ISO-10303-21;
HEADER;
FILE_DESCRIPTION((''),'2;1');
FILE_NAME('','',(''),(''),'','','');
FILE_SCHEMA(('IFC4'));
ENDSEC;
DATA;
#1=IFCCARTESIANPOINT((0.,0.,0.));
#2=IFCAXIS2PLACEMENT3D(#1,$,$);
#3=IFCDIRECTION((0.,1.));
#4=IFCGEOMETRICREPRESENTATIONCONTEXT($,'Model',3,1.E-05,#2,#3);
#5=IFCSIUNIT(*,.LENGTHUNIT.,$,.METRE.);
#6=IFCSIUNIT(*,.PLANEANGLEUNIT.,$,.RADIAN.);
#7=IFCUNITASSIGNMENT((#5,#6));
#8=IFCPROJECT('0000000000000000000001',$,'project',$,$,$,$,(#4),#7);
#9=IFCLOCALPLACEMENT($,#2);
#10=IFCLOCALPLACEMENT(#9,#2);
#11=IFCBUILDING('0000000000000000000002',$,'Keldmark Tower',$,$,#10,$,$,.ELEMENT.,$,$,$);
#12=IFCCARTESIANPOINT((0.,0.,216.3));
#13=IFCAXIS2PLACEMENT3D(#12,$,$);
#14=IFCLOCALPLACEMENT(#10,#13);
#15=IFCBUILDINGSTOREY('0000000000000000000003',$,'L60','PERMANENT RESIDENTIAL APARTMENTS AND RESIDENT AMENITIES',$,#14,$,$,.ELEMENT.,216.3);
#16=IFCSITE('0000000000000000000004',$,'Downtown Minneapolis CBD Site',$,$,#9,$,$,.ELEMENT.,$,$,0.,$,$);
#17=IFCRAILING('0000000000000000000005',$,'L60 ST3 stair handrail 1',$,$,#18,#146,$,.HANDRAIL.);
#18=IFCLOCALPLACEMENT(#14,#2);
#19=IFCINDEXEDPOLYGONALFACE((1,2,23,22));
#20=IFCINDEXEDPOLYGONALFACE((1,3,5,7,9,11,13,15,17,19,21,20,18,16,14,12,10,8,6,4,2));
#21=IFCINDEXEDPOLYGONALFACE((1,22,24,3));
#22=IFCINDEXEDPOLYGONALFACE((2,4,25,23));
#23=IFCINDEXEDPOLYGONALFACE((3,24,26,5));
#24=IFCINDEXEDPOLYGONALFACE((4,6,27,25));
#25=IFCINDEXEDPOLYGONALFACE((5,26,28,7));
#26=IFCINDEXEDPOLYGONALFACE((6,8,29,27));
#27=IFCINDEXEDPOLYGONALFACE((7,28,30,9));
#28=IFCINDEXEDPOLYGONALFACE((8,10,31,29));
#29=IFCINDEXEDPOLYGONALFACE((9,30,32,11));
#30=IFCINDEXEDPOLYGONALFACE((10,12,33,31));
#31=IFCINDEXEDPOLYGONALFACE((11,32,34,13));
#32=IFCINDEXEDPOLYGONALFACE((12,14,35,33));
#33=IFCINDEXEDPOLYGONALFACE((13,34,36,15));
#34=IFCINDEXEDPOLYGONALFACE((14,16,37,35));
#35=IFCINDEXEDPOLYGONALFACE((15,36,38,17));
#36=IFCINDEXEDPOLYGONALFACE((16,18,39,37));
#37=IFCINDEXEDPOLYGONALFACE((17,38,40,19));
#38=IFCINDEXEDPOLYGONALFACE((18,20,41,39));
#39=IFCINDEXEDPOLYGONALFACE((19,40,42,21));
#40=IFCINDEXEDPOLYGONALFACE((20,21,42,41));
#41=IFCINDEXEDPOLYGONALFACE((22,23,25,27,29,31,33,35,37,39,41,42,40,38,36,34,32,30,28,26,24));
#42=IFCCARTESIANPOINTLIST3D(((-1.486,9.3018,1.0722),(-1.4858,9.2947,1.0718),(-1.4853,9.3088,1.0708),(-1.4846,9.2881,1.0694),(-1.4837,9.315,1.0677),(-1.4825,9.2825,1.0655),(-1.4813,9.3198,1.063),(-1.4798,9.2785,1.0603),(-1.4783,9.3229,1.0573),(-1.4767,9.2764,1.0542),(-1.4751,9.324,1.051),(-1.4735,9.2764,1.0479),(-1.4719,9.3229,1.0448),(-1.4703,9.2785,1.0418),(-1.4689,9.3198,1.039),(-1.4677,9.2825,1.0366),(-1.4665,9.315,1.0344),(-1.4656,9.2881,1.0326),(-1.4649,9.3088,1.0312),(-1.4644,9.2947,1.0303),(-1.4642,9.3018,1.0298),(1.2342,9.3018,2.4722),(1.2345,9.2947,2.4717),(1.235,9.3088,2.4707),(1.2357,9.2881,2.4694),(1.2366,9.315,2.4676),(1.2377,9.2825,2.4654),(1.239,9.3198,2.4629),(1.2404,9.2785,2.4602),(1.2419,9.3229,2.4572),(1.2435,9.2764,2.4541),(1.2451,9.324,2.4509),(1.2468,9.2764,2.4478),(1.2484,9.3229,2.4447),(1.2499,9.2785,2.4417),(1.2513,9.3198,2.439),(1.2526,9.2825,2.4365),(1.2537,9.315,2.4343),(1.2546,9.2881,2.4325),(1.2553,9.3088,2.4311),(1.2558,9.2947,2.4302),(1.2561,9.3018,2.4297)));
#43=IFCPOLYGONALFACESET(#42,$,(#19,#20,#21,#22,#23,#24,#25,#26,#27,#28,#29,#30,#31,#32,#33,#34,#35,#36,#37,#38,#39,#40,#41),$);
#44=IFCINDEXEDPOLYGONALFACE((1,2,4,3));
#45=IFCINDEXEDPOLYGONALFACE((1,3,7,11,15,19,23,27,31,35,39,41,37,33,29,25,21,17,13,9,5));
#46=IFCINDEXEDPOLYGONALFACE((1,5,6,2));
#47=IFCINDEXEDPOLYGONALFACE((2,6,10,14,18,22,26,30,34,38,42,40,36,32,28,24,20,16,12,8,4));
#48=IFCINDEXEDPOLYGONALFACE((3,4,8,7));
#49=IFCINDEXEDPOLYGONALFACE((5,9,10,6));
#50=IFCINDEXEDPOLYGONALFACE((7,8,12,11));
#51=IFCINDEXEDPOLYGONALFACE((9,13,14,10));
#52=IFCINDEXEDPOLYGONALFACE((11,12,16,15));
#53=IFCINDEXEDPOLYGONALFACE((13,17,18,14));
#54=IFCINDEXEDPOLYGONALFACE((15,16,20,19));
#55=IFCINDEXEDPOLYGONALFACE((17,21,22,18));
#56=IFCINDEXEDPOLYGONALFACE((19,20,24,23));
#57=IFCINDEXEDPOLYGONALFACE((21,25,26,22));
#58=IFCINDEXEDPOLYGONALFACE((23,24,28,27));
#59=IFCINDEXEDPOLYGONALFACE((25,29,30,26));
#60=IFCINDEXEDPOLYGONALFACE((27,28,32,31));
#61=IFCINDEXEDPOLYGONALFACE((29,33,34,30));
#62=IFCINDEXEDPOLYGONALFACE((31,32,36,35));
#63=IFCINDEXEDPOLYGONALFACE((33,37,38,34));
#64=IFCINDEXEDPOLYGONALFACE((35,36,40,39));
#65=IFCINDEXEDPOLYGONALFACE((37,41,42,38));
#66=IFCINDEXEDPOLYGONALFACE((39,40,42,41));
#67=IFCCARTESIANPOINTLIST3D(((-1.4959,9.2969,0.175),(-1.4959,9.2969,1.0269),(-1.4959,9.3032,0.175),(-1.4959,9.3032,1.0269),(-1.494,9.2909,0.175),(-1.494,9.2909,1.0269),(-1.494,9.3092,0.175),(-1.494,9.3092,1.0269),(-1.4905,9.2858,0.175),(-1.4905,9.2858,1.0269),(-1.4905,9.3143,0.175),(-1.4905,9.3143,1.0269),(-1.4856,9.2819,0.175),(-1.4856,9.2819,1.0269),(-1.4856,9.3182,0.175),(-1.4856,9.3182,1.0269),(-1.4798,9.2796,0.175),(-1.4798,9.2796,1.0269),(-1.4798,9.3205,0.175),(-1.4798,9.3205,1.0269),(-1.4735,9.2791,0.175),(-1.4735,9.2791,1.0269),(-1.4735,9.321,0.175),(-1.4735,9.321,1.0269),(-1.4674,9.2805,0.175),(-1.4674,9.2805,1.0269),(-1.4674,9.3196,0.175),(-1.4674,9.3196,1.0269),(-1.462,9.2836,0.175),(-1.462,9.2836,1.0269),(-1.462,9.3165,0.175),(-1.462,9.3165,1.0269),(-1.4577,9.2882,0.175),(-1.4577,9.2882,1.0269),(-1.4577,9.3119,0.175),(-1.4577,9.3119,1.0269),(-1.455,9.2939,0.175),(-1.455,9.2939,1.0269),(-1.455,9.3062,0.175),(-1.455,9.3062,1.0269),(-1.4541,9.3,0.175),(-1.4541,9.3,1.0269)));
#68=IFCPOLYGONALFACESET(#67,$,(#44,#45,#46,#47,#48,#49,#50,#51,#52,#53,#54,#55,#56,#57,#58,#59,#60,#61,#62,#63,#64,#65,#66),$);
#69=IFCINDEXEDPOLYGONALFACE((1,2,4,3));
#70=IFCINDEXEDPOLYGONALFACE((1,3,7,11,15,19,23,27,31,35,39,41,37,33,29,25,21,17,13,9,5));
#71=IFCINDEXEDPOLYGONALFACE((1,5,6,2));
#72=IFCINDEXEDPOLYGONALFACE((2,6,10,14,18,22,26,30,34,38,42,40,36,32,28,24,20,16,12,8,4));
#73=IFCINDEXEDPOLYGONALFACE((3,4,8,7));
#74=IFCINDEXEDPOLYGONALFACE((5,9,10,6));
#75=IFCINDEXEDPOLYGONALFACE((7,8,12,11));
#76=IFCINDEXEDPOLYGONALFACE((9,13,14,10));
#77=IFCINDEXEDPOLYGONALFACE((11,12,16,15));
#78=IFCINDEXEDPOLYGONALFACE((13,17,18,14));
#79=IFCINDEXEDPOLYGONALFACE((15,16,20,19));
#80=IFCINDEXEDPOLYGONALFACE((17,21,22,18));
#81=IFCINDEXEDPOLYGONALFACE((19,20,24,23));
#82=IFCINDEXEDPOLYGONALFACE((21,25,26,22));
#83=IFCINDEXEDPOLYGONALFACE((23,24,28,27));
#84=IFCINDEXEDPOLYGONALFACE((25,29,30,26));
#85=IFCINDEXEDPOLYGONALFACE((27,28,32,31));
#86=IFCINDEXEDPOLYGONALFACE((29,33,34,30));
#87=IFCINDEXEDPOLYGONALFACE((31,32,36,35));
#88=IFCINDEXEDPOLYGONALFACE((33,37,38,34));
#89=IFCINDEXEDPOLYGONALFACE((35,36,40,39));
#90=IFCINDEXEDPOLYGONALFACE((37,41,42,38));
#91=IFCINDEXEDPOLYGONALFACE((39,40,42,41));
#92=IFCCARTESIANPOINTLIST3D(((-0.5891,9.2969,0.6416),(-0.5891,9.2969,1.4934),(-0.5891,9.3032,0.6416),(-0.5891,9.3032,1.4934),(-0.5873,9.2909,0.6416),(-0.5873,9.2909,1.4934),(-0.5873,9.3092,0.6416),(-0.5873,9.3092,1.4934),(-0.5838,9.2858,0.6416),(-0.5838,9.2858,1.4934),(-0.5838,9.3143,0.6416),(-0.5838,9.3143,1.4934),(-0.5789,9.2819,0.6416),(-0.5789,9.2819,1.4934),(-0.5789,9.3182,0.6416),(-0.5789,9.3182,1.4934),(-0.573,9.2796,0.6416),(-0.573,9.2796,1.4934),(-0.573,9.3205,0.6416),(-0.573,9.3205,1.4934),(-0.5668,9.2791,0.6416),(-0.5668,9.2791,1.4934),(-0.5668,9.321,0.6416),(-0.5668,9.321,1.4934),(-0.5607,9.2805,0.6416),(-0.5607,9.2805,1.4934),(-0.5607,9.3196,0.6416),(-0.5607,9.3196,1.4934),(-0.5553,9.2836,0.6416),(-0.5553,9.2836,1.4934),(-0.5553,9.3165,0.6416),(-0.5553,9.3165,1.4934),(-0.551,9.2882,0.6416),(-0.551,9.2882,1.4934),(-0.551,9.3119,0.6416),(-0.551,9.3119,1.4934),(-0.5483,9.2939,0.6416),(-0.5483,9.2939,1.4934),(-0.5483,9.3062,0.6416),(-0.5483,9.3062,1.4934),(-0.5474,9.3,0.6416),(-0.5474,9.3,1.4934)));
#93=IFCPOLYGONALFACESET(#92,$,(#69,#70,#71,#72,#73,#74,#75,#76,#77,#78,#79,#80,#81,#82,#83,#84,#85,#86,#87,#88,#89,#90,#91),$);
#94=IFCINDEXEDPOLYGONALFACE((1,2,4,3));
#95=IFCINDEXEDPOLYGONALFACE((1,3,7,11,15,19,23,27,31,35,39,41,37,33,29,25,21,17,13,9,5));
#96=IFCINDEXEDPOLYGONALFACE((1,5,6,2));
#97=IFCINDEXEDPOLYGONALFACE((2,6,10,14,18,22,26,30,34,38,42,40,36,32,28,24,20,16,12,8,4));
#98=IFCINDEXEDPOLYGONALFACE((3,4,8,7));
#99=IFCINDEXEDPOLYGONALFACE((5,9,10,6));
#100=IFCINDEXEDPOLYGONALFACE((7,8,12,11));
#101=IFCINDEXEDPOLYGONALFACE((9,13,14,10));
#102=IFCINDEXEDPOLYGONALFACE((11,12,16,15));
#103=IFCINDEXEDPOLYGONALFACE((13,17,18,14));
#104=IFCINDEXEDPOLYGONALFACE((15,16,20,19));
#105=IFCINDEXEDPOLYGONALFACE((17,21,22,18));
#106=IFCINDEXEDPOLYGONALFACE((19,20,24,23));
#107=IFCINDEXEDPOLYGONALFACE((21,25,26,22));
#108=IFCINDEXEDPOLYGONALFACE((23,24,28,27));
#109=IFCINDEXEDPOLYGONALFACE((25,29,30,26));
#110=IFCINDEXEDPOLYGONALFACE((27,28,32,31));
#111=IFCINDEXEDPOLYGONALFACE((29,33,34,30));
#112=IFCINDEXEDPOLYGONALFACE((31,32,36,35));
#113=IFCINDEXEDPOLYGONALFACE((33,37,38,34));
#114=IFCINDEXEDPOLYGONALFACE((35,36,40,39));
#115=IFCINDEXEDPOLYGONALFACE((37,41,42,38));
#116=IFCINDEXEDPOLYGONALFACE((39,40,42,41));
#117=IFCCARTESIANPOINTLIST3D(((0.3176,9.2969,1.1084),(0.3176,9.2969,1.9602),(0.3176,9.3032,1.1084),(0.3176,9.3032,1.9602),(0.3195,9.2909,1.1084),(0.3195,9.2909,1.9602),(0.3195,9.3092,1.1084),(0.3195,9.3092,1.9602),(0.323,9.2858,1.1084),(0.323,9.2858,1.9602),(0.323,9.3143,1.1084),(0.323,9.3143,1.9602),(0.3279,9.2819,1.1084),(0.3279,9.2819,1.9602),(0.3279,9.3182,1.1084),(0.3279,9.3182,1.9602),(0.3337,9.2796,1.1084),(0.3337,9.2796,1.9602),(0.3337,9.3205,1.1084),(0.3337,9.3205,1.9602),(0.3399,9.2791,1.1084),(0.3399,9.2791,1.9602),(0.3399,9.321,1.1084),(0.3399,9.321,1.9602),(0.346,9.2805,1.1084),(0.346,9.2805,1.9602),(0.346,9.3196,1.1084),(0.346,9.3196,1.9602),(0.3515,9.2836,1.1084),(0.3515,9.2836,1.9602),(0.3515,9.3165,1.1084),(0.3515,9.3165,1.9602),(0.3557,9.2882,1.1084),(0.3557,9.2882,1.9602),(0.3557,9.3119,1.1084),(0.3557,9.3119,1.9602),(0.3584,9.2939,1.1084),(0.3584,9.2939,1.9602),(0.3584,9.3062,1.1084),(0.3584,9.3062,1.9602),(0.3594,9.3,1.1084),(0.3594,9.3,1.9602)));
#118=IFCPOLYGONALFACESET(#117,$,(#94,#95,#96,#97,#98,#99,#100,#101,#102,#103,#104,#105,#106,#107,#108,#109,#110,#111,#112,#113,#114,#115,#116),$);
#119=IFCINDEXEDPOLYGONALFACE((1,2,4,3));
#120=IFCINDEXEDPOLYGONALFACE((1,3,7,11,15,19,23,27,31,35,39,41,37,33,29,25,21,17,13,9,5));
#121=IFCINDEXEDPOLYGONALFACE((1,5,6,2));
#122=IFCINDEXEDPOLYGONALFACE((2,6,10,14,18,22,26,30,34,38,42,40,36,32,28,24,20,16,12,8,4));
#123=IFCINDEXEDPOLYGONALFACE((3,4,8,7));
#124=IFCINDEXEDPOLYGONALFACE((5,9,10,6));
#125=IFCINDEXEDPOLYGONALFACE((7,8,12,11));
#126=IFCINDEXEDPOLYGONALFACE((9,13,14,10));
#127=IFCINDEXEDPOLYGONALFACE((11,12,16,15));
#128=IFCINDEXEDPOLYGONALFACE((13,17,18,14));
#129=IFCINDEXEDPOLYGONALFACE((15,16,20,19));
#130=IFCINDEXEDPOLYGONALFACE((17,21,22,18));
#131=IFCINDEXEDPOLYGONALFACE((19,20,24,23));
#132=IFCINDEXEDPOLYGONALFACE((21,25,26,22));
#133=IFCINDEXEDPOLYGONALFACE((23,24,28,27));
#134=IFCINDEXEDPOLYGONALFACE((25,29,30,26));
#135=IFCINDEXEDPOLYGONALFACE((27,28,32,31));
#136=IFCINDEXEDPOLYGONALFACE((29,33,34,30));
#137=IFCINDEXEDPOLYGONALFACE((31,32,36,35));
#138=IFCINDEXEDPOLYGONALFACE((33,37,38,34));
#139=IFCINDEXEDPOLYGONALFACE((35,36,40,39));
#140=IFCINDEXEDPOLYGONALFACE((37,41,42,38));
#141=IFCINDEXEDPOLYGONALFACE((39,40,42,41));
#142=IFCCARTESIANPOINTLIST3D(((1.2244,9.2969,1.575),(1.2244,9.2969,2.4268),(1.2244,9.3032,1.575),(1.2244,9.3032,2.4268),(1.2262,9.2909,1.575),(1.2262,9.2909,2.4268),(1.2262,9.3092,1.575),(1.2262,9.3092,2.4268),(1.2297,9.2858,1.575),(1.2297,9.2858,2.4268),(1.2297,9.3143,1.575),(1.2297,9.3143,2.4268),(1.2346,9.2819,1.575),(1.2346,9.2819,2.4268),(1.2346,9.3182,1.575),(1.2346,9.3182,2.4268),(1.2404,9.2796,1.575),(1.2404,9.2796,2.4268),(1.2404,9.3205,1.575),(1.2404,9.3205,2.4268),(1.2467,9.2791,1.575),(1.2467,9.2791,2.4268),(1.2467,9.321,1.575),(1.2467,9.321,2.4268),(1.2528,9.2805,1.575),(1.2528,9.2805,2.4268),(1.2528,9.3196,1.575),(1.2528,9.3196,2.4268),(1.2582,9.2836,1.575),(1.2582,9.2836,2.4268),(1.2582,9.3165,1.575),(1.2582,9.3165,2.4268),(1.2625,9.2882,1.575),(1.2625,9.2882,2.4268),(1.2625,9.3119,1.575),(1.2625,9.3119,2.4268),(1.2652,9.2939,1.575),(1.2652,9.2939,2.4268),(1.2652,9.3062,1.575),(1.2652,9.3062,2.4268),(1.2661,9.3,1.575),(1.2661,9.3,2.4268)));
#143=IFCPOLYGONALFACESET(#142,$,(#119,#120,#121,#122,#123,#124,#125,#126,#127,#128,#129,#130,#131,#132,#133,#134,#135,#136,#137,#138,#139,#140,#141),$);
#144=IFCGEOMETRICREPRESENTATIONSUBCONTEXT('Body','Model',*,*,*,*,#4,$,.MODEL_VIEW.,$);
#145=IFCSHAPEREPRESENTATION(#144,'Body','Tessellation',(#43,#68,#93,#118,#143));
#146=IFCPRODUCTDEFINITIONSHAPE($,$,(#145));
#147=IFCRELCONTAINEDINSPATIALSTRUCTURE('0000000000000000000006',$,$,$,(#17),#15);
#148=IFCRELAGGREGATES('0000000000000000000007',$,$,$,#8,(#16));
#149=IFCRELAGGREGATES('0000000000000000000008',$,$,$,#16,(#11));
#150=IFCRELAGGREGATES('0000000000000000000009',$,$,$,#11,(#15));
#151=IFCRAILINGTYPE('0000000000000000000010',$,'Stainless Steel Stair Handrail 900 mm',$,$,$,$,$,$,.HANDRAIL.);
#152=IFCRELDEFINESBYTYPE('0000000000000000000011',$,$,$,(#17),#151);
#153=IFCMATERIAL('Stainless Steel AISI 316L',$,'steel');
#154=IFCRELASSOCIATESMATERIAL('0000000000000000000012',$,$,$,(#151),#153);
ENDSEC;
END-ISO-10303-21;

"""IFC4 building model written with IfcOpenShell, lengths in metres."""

from ifc_helpers import new_model, si_unit, direction, frame, origin, origin_2d, place, context, subcontext, project, spatial, circle, extrude, material, type_object, element, save


model = new_model("IFC4")

# Units and contexts
model_context = context("Model", 3, precision=1e-05, world=origin(), true_north=direction((0.0, 1.0)))
body_context = subcontext(model_context, "Body", "Model", "MODEL_VIEW")
ifc_project = project(units=[si_unit("LENGTHUNIT", "METRE"), si_unit("PLANEANGLEUNIT", "RADIAN")], contexts=[model_context])

# Site, building, storey
site_placement = place(None, origin())
site = spatial("IfcSite", under=ifc_project, at=site_placement, Name="Downtown Minneapolis CBD Site", CompositionType="ELEMENT", RefElevation=0.0)
building_placement = place(site_placement, origin())
building = spatial("IfcBuilding", under=site, at=building_placement, Name="Keldmark Tower", CompositionType="ELEMENT")
storey_placement = place(building_placement, frame((0.0, 0.0, 216.3)))
storey = spatial("IfcBuildingStorey", under=building, at=storey_placement, Name="L60", Description="PERMANENT RESIDENTIAL APARTMENTS AND RESIDENT AMENITIES", CompositionType="ELEMENT", Elevation=216.3)

# Railing
ifc_material_1 = material(Name="Stainless Steel AISI 316L", Category="steel")
railing_type_1 = type_object("IfcRailingType", Name="Stainless Steel Stair Handrail 900 mm", PredefinedType="HANDRAIL", material=ifc_material_1)
railing_1_placement = place(storey_placement, frame((-1.4751, 9.3, 0.175)))
element("IfcRailing", 1, at=railing_1_placement, inside=storey, type_object=railing_type_1, Name="L60 ST3 stair handrail 1", PredefinedType="HANDRAIL", context=body_context, shape_type="SweptSolid", body=[
    extrude(circle(Radius=0.0239, at=origin_2d()), frame((0.0, 0.0, 0.876), z_axis=(0.889164, 0.0, 0.45759), x_axis=(0.0, 1.0, 0.0)), (0.0, 0.0, 1.0), 3.0593),
    extrude(circle(Radius=0.021, at=origin_2d()), origin(), (0.0, 0.0, 1.0), 0.8518),
    extrude(circle(Radius=0.021, at=origin_2d()), frame((0.9067, 0.0, 0.4666)), (0.0, 0.0, 1.0), 0.8518),
    extrude(circle(Radius=0.021, at=origin_2d()), frame((1.8135, 0.0, 0.9333)), (0.0, 0.0, 1.0), 0.8518),
    extrude(circle(Radius=0.021, at=origin_2d()), frame((2.7202, 0.0, 1.3999)), (0.0, 0.0, 1.0), 0.8518),
])

save(model, "model.ifc")
